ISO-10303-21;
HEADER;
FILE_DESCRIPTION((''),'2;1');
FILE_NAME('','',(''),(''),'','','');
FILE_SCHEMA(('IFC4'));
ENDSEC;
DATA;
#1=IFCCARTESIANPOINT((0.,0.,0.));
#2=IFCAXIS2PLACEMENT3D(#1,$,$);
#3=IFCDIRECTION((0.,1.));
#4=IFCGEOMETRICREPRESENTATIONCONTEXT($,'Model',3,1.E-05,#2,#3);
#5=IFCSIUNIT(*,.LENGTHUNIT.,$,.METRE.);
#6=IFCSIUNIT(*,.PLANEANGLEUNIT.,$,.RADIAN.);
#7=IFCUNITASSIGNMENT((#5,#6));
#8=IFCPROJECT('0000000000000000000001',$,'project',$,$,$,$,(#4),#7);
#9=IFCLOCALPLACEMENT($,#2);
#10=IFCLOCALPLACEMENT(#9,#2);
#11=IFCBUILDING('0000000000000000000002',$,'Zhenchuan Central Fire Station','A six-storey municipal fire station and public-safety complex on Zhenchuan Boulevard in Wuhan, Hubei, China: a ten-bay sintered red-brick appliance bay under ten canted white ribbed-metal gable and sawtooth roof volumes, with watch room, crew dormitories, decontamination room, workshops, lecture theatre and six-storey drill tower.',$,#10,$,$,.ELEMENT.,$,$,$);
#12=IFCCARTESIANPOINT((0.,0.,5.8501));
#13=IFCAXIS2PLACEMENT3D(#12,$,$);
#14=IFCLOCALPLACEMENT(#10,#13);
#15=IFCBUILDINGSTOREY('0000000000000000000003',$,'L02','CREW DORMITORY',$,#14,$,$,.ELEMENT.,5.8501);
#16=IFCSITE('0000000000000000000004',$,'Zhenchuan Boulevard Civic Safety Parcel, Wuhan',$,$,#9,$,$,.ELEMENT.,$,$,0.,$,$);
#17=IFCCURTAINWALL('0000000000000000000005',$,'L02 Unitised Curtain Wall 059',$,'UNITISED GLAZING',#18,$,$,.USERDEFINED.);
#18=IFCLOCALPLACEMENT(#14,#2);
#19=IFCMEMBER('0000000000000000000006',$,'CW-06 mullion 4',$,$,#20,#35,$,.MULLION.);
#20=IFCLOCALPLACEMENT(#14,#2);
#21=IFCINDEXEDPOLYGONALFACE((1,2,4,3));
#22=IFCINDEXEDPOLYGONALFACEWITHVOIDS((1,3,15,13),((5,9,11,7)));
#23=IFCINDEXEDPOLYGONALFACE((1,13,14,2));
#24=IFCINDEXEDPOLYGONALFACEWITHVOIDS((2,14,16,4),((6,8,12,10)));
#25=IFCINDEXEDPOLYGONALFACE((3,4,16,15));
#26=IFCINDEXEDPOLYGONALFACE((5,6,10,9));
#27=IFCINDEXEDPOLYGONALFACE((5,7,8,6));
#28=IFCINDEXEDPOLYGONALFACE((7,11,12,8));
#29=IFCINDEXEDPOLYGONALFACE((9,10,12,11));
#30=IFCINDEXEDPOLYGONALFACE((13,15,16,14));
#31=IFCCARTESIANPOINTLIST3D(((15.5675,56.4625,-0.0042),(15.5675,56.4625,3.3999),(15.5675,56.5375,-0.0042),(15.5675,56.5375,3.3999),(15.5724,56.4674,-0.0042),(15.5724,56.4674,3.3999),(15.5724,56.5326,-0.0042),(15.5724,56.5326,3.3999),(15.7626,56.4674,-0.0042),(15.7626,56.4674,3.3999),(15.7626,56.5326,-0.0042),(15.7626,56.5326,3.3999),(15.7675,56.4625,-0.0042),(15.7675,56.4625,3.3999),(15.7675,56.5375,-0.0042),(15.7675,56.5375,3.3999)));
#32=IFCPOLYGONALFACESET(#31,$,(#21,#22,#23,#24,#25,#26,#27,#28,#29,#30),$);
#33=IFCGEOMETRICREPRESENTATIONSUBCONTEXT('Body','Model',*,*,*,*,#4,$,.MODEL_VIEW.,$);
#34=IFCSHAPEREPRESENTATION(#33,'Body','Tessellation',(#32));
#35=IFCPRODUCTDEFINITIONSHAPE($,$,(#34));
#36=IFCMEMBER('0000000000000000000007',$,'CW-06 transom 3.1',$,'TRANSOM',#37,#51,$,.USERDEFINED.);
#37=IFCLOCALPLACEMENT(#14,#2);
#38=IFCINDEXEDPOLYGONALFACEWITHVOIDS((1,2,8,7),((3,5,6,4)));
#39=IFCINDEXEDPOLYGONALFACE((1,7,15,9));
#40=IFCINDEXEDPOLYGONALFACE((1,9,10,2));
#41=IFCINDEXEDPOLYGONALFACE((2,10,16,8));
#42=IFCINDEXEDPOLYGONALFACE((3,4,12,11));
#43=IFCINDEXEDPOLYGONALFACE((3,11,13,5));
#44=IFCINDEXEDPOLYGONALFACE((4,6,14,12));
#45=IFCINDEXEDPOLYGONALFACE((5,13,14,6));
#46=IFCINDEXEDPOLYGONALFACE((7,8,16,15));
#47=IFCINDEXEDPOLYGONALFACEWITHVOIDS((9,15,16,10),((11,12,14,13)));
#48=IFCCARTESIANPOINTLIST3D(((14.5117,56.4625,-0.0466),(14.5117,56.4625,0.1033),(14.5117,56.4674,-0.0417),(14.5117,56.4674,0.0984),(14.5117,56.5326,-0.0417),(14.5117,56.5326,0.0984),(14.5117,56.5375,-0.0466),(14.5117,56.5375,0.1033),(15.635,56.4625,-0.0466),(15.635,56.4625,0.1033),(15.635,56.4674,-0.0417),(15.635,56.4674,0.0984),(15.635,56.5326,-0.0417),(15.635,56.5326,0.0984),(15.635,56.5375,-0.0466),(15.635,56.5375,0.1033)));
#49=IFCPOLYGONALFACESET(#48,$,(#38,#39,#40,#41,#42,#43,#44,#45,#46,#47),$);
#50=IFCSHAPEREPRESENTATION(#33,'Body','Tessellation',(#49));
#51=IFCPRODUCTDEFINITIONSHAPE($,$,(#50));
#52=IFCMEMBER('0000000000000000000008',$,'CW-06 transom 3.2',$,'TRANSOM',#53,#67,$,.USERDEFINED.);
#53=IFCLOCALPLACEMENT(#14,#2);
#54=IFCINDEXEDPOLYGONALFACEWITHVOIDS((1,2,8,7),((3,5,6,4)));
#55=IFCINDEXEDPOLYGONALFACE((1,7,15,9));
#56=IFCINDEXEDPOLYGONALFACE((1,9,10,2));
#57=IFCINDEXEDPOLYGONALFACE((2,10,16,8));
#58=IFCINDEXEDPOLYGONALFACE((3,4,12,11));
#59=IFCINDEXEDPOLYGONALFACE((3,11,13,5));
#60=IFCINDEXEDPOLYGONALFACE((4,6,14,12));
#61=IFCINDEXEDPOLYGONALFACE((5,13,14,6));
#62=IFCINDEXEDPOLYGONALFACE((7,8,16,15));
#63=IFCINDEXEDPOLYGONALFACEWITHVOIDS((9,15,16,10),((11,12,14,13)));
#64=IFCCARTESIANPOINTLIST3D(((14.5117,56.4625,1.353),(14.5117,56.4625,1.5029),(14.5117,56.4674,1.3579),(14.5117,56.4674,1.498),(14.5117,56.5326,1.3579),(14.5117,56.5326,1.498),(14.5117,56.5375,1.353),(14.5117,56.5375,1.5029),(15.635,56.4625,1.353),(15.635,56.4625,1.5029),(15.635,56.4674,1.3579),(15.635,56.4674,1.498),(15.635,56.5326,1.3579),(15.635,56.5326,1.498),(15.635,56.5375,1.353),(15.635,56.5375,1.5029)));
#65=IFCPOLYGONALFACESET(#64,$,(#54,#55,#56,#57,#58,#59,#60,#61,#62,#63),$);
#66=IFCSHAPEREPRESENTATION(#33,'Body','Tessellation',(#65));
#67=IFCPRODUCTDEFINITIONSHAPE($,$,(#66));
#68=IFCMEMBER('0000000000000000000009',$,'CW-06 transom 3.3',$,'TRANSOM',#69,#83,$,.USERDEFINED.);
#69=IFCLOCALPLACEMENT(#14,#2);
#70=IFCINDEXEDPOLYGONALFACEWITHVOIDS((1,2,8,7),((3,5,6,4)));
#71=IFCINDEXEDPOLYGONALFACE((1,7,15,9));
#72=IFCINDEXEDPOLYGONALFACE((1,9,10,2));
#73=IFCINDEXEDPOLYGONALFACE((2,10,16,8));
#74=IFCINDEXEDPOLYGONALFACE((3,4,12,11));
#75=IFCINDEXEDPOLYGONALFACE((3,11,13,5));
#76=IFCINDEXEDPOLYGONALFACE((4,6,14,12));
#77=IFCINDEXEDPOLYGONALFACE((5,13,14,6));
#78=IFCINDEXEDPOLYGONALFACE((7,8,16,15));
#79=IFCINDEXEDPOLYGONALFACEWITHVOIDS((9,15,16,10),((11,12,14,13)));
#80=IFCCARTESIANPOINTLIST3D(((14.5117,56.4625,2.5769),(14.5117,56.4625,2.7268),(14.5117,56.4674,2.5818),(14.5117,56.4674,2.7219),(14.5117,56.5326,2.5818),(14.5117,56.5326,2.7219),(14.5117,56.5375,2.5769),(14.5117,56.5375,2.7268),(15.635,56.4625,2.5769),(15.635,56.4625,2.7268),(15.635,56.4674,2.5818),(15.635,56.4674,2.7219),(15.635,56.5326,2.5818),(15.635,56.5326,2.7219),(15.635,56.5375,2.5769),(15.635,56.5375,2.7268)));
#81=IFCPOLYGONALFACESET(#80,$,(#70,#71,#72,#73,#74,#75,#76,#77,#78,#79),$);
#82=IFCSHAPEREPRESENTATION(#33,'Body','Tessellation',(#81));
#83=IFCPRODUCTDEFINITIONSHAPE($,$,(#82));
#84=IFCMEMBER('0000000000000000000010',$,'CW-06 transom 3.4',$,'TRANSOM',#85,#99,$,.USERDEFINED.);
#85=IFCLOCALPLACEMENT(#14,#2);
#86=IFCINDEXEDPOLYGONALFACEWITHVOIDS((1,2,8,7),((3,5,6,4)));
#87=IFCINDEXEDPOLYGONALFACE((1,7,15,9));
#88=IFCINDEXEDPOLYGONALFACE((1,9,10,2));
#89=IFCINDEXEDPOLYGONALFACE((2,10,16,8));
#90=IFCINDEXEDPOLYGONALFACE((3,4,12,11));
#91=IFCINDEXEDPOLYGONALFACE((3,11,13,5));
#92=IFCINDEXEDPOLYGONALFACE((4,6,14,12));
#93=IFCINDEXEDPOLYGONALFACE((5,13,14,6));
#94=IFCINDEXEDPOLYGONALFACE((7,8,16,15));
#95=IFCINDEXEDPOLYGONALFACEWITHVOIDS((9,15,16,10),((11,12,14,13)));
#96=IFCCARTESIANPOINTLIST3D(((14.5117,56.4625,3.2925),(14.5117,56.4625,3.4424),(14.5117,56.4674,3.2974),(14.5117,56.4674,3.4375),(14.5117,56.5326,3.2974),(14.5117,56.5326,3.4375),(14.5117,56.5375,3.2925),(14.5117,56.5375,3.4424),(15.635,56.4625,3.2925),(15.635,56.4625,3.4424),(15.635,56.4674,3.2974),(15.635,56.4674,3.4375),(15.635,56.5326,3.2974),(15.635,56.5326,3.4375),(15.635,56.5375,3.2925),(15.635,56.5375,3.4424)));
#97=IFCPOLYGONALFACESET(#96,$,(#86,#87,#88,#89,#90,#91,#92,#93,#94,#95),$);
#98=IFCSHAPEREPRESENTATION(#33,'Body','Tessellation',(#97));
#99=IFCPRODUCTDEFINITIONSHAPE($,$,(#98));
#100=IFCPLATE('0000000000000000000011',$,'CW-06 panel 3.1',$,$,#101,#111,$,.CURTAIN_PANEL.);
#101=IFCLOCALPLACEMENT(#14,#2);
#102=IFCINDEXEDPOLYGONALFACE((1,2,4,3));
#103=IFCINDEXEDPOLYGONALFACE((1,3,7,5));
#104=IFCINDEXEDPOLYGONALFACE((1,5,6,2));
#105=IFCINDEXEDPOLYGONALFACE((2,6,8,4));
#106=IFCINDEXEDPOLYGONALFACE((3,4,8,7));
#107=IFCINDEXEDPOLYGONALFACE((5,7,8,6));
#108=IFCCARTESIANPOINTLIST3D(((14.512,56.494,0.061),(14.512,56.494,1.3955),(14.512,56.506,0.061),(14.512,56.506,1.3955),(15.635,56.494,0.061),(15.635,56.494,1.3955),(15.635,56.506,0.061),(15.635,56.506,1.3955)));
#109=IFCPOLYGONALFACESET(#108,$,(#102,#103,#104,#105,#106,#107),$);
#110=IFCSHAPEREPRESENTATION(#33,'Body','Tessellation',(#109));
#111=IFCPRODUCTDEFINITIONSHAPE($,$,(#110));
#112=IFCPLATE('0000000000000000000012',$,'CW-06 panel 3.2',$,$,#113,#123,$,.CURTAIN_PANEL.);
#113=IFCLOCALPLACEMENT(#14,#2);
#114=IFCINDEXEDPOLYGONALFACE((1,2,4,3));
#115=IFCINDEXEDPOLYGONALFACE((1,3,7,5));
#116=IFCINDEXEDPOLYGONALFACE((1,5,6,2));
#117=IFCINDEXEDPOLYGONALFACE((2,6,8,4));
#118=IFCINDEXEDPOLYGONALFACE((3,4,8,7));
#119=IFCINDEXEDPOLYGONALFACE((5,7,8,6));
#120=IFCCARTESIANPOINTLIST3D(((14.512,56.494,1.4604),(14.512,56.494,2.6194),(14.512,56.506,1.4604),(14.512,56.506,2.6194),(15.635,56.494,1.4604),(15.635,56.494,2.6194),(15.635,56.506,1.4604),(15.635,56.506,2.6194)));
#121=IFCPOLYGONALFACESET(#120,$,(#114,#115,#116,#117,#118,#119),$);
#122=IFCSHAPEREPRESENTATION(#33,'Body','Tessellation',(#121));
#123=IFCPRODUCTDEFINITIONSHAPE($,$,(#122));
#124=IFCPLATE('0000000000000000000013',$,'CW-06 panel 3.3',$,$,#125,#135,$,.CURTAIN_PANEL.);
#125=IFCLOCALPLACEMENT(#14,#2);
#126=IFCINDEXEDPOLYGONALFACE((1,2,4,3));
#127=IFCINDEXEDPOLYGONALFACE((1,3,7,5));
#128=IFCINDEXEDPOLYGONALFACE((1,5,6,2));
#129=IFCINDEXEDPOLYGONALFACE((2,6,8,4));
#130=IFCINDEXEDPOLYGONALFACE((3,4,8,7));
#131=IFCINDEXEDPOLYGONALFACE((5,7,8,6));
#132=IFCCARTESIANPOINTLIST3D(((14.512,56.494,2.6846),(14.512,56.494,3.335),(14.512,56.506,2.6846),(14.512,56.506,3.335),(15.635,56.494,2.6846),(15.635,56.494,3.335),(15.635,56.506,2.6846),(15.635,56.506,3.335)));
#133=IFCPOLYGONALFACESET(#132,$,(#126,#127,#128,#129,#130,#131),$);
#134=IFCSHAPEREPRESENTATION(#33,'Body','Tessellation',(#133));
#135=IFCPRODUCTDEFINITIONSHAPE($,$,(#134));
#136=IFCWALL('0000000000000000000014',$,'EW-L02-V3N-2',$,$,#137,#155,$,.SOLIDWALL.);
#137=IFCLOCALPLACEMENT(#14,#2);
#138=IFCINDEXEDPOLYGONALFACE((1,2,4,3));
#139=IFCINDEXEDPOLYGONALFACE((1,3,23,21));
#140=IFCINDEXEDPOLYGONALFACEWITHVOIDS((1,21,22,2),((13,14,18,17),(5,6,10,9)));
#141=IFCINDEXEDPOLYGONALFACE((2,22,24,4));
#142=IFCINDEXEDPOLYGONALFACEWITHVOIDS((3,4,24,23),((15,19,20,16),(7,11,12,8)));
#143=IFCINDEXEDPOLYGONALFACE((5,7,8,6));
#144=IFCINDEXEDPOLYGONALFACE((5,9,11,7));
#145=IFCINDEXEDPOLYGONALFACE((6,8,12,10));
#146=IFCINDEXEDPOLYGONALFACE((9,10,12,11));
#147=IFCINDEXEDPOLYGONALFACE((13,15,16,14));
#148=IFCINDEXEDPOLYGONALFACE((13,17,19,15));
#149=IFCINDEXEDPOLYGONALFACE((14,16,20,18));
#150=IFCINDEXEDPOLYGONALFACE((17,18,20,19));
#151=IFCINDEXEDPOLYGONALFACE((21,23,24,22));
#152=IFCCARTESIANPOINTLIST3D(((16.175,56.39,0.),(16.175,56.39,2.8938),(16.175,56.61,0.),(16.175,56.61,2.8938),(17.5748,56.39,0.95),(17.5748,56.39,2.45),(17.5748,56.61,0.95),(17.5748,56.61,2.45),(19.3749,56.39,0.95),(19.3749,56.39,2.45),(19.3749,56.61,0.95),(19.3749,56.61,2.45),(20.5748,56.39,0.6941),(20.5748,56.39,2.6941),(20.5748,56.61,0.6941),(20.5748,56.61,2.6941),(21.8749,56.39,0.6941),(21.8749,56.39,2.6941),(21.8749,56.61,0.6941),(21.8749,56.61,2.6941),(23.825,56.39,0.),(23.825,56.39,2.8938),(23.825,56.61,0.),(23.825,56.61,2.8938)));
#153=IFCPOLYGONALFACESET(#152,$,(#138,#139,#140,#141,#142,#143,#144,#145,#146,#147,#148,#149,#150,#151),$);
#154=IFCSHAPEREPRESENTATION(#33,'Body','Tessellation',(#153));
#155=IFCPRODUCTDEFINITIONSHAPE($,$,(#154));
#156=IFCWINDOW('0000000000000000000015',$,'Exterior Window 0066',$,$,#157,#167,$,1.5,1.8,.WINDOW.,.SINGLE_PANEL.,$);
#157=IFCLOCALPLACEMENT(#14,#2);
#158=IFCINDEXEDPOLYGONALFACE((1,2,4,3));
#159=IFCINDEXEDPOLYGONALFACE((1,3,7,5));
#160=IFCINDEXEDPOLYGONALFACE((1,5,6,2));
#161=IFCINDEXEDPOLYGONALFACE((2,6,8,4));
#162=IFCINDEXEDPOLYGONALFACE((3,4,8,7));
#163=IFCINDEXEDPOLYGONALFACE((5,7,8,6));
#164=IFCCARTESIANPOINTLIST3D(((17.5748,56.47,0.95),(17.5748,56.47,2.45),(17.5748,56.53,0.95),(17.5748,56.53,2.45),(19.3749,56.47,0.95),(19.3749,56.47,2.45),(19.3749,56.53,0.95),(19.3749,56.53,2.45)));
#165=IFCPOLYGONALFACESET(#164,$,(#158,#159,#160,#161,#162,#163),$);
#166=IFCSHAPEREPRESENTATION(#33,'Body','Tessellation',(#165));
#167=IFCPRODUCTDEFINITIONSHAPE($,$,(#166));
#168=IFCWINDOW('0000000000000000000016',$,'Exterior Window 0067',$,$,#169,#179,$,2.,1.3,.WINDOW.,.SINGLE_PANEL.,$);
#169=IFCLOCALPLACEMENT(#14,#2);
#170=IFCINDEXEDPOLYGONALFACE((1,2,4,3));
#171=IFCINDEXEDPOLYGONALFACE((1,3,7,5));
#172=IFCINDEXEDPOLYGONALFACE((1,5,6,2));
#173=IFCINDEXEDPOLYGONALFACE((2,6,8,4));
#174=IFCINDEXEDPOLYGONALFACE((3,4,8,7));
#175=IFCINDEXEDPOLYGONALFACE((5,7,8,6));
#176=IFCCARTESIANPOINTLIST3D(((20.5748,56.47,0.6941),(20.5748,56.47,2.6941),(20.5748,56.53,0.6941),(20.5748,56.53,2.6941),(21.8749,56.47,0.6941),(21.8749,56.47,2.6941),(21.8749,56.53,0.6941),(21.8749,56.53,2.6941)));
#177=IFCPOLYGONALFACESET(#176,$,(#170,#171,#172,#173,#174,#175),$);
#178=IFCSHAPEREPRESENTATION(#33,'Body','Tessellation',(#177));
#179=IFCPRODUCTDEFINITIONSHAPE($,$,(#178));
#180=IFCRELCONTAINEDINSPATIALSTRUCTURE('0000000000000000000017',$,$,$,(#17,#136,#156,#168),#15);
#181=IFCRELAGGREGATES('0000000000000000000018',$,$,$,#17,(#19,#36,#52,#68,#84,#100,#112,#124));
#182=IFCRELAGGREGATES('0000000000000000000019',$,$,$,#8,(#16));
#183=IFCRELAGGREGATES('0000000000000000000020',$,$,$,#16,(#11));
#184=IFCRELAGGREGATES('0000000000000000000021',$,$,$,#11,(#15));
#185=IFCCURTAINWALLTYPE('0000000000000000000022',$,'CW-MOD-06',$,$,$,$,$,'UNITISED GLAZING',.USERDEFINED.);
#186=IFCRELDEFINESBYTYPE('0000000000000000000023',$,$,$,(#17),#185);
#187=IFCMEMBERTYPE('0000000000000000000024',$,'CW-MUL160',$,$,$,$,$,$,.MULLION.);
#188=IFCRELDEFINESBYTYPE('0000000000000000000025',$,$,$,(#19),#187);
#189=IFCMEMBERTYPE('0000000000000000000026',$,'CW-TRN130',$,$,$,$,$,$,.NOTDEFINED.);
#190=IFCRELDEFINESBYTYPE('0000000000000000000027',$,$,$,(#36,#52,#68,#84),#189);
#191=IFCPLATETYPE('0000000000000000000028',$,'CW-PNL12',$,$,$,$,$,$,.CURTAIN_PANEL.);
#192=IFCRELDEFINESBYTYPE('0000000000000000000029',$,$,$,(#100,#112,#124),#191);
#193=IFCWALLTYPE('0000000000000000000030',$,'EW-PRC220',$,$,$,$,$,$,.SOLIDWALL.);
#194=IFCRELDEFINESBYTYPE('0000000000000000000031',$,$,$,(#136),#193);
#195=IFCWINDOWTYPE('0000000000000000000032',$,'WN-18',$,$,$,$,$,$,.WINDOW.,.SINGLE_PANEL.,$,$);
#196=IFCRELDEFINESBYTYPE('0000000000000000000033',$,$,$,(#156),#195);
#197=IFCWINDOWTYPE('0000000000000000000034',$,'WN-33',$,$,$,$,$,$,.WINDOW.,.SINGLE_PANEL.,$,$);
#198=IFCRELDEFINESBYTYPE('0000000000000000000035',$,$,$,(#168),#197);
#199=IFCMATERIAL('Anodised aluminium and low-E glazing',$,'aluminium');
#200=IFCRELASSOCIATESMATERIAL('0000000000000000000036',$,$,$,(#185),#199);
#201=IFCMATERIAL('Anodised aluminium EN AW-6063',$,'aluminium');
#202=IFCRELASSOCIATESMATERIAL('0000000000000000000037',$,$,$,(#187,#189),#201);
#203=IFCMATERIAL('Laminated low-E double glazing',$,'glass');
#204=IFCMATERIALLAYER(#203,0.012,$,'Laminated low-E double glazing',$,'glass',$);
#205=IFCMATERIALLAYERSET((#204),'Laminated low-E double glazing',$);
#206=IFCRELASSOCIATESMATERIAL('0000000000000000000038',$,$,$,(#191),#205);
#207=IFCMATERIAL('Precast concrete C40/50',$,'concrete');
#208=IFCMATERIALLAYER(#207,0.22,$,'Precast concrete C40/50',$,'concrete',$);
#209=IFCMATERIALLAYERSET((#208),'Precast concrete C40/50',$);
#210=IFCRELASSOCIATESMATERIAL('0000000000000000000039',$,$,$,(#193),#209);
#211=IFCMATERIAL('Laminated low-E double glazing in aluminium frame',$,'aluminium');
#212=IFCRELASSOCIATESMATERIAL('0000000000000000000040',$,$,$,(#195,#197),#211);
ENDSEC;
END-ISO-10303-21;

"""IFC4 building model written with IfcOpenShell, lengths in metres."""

from ifc_helpers import new_model, si_unit, direction, frame, frame_2d, origin, origin_2d, place, context, subcontext, project, spatial, rectangle, hollow_rectangle, extrude, material, layer, layer_set, material_profile, profile_set, type_object, element, fill, aggregate, save


model = new_model("IFC4")

# Units and contexts
model_context = context("Model", 3, precision=1e-05, world=origin(), true_north=direction((0.0, 1.0)))
body_context = subcontext(model_context, "Body", "Model", "MODEL_VIEW")
ifc_project = project(units=[si_unit("LENGTHUNIT", "METRE"), si_unit("PLANEANGLEUNIT", "RADIAN")], contexts=[model_context])

# Site, building, storey
site_placement = place(None, origin())
site = spatial("IfcSite", under=ifc_project, at=site_placement, Name="Zhenchuan Boulevard Civic Safety Parcel, Wuhan", CompositionType="ELEMENT", RefElevation=0.0)
building_placement = place(site_placement, origin())
building = spatial("IfcBuilding", under=site, at=building_placement, Name="Zhenchuan Central Fire Station", Description="A six-storey municipal fire station and public-safety complex on Zhenchuan Boulevard in Wuhan, Hubei, China: a ten-bay sintered red-brick appliance bay under ten canted white ribbed-metal gable and sawtooth roof volumes, with watch room, crew dormitories, decontamination room, workshops, lecture theatre and six-storey drill tower.", CompositionType="ELEMENT")
storey_placement = place(building_placement, frame((0.0, 0.0, 5.8501)))
storey = spatial("IfcBuildingStorey", under=building, at=storey_placement, Name="L02", Description="CREW DORMITORY", CompositionType="ELEMENT", Elevation=5.8501)

# Curtain wall, members, plates
ifc_material_1 = material(Name="Anodised aluminium and low-E glazing", Category="aluminium")
curtain_wall_type = type_object("IfcCurtainWallType", Name="CW-MOD-06", ElementType="UNITISED GLAZING", PredefinedType="USERDEFINED", material=ifc_material_1)
curtain_wall_placement = place(storey_placement, origin())
curtain_wall = element("IfcCurtainWall", 1, at=curtain_wall_placement, inside=storey, type_object=curtain_wall_type, Name="L02 Unitised Curtain Wall 059", ObjectType="UNITISED GLAZING", PredefinedType="USERDEFINED")
ifc_material_2 = material(Name="Anodised aluminium EN AW-6063", Category="aluminium")
ifc_material_profile_1 = material_profile(ifc_material_2, hollow_rectangle(XDim=0.075, YDim=0.2, WallThickness=0.0049, at=origin_2d()), Name="ALU-M 200x75")
ifc_profile_set_1 = profile_set([ifc_material_profile_1], Name="Anodised aluminium EN AW-6063")
member_type_1 = type_object("IfcMemberType", Name="CW-MUL160", PredefinedType="MULLION", material=ifc_profile_set_1)
member_1_placement = place(storey_placement, frame((15.6675, 56.5, -0.0042), z_axis=(0.0, 0.0, 1.0), x_axis=(0.0, 1.0, 0.0)))
member_1 = element("IfcMember", 2, at=member_1_placement, type_object=member_type_1, Name="CW-06 mullion 4", PredefinedType="MULLION", context=body_context, shape_type="SweptSolid", body=[
    extrude(hollow_rectangle(XDim=0.075, YDim=0.2, WallThickness=0.0049, at=origin_2d()), origin(), (0.0, 0.0, 1.0), 3.4041),
])
ifc_material_profile_2 = material_profile(ifc_material_2, hollow_rectangle(XDim=0.075, YDim=0.1499, WallThickness=0.0049, at=origin_2d()), Name="ALU-T 150x75")
ifc_profile_set_2 = profile_set([ifc_material_profile_2], Name="Anodised aluminium EN AW-6063")
member_type_2 = type_object("IfcMemberType", Name="CW-TRN130", PredefinedType="NOTDEFINED", material=ifc_profile_set_2)
member_2_placement = place(storey_placement, frame((14.5117, 56.5, 0.0283), z_axis=(1.0, 0.0, 0.0), x_axis=(0.0, 1.0, 0.0)))
member_2 = element("IfcMember", 3, at=member_2_placement, type_object=member_type_2, Name="CW-06 transom 3.1", ObjectType="TRANSOM", PredefinedType="USERDEFINED", context=body_context, shape_type="SweptSolid", body=[
    extrude(hollow_rectangle(XDim=0.075, YDim=0.1499, WallThickness=0.0049, at=origin_2d()), origin(), (0.0, 0.0, 1.0), 1.1233),
])
member_3_placement = place(storey_placement, frame((14.5117, 56.5, 1.428), z_axis=(1.0, 0.0, 0.0), x_axis=(0.0, 1.0, 0.0)))
member_3 = element("IfcMember", 4, at=member_3_placement, type_object=member_type_2, Name="CW-06 transom 3.2", ObjectType="TRANSOM", PredefinedType="USERDEFINED", context=body_context, shape_type="SweptSolid", body=[
    extrude(hollow_rectangle(XDim=0.075, YDim=0.1499, WallThickness=0.0049, at=origin_2d()), origin(), (0.0, 0.0, 1.0), 1.1233),
])
member_4_placement = place(storey_placement, frame((14.5117, 56.5, 2.6519), z_axis=(1.0, 0.0, 0.0), x_axis=(0.0, 1.0, 0.0)))
member_4 = element("IfcMember", 5, at=member_4_placement, type_object=member_type_2, Name="CW-06 transom 3.3", ObjectType="TRANSOM", PredefinedType="USERDEFINED", context=body_context, shape_type="SweptSolid", body=[
    extrude(hollow_rectangle(XDim=0.075, YDim=0.1499, WallThickness=0.0049, at=origin_2d()), origin(), (0.0, 0.0, 1.0), 1.1233),
])
member_5_placement = place(storey_placement, frame((14.5117, 56.5, 3.3674), z_axis=(1.0, 0.0, 0.0), x_axis=(0.0, 1.0, 0.0)))
member_5 = element("IfcMember", 6, at=member_5_placement, type_object=member_type_2, Name="CW-06 transom 3.4", ObjectType="TRANSOM", PredefinedType="USERDEFINED", context=body_context, shape_type="SweptSolid", body=[
    extrude(hollow_rectangle(XDim=0.075, YDim=0.1499, WallThickness=0.0049, at=origin_2d()), origin(), (0.0, 0.0, 1.0), 1.1233),
])
ifc_material_3 = material(Name="Laminated low-E double glazing", Category="glass")
ifc_layer_1 = layer(ifc_material_3, 0.012, Name="Laminated low-E double glazing", Category="glass")
ifc_layer_set_1 = layer_set([ifc_layer_1], Name="Laminated low-E double glazing")
plate_type = type_object("IfcPlateType", Name="CW-PNL12", PredefinedType="CURTAIN_PANEL", material=ifc_layer_set_1)
plate_1_placement = place(storey_placement, frame((15.0735, 56.5, 0.061), z_axis=(0.0, 0.0, 1.0), x_axis=(1.0, 0.0, 0.0)))
plate_1 = element("IfcPlate", 7, at=plate_1_placement, type_object=plate_type, Name="CW-06 panel 3.1", PredefinedType="CURTAIN_PANEL", context=body_context, shape_type="SweptSolid", body=[
    extrude(rectangle(XDim=1.123, YDim=0.012, at=origin_2d()), origin(), (0.0, 0.0, 1.0), 1.3345),
])
plate_2_placement = place(storey_placement, frame((15.0735, 56.5, 1.4604), z_axis=(0.0, 0.0, 1.0), x_axis=(1.0, 0.0, 0.0)))
plate_2 = element("IfcPlate", 8, at=plate_2_placement, type_object=plate_type, Name="CW-06 panel 3.2", PredefinedType="CURTAIN_PANEL", context=body_context, shape_type="SweptSolid", body=[
    extrude(rectangle(XDim=1.123, YDim=0.012, at=origin_2d()), origin(), (0.0, 0.0, 1.0), 1.1589),
])
plate_3_placement = place(storey_placement, frame((15.0735, 56.5, 2.6846), z_axis=(0.0, 0.0, 1.0), x_axis=(1.0, 0.0, 0.0)))
plate_3 = element("IfcPlate", 9, at=plate_3_placement, type_object=plate_type, Name="CW-06 panel 3.3", PredefinedType="CURTAIN_PANEL", context=body_context, shape_type="SweptSolid", body=[
    extrude(rectangle(XDim=1.123, YDim=0.012, at=origin_2d()), origin(), (0.0, 0.0, 1.0), 0.6504),
])
aggregate(curtain_wall, [member_1, member_2, member_3, member_4, member_5, plate_1, plate_2, plate_3])

# Wall, openings, windows
ifc_material_4 = material(Name="Precast concrete C40/50", Category="concrete")
ifc_layer_2 = layer(ifc_material_4, 0.22, Name="Precast concrete C40/50", Category="concrete")
ifc_layer_set_2 = layer_set([ifc_layer_2], Name="Precast concrete C40/50")
wall_type_1 = type_object("IfcWallType", Name="EW-PRC220", PredefinedType="SOLIDWALL", material=ifc_layer_set_2)
wall_1_placement = place(storey_placement, frame((16.175, 56.5, 0.0), z_axis=(0.0, 0.0, 1.0), x_axis=(1.0, 0.0, 0.0)))
wall_1 = element("IfcWall", 10, at=wall_1_placement, inside=storey, type_object=wall_type_1, Name="EW-L02-V3N-2", PredefinedType="SOLIDWALL", context=body_context, shape_type="SweptSolid", body=[
    extrude(rectangle(XDim=7.6499, YDim=0.22, at=frame_2d((3.825, 0.0))), origin(), (0.0, 0.0, 1.0), 2.8938),
])
opening_1_placement = place(wall_1_placement, frame((1.3999, 0.0, 0.95)))
opening_1 = element("IfcOpeningElement", 11, at=opening_1_placement, cuts=wall_1, PredefinedType="OPENING", context=body_context, shape_type="SweptSolid", body=[
    extrude(rectangle(XDim=1.8, YDim=1.5, at=frame_2d((0.8999, 0.75))), frame((0.0, 0.1199, 0.0), z_axis=(0.0, -1.0, 0.0), x_axis=(1.0, 0.0, 0.0)), (0.0, 0.0, 1.0), 0.24),
])
opening_2_placement = place(wall_1_placement, frame((4.3999, 0.0, 0.6941)))
opening_2 = element("IfcOpeningElement", 12, at=opening_2_placement, cuts=wall_1, PredefinedType="OPENING", context=body_context, shape_type="SweptSolid", body=[
    extrude(rectangle(XDim=1.3, YDim=2.0, at=frame_2d((0.6499, 1.0))), frame((0.0, 0.1199, 0.0), z_axis=(0.0, -1.0, 0.0), x_axis=(1.0, 0.0, 0.0)), (0.0, 0.0, 1.0), 0.24),
])
ifc_material_5 = material(Name="Laminated low-E double glazing in aluminium frame", Category="aluminium")
window_type_1 = type_object("IfcWindowType", Name="WN-18", PartitioningType="SINGLE_PANEL", PredefinedType="WINDOW", material=ifc_material_5)
window_1_placement = place(opening_1_placement, origin())
window_1 = element("IfcWindow", 13, at=window_1_placement, inside=storey, type_object=window_type_1, Name="Exterior Window 0066", OverallHeight=1.5, OverallWidth=1.8, PartitioningType="SINGLE_PANEL", PredefinedType="WINDOW", context=body_context, shape_type="SweptSolid", body=[
    extrude(rectangle(XDim=1.8, YDim=1.5, at=frame_2d((0.8999, 0.75))), frame((0.0, 0.03, 0.0), z_axis=(0.0, -1.0, 0.0), x_axis=(1.0, 0.0, 0.0)), (0.0, 0.0, 1.0), 0.0601),
])
fill(opening_1, window_1)
window_type_2 = type_object("IfcWindowType", Name="WN-33", PartitioningType="SINGLE_PANEL", PredefinedType="WINDOW", material=ifc_material_5)
window_2_placement = place(opening_2_placement, origin())
window_2 = element("IfcWindow", 14, at=window_2_placement, inside=storey, type_object=window_type_2, Name="Exterior Window 0067", OverallHeight=2.0, OverallWidth=1.3, PartitioningType="SINGLE_PANEL", PredefinedType="WINDOW", context=body_context, shape_type="SweptSolid", body=[
    extrude(rectangle(XDim=1.3, YDim=2.0, at=frame_2d((0.6499, 1.0))), frame((0.0, 0.03, 0.0), z_axis=(0.0, -1.0, 0.0), x_axis=(1.0, 0.0, 0.0)), (0.0, 0.0, 1.0), 0.0601),
])
fill(opening_2, window_2)

save(model, "model.ifc")
